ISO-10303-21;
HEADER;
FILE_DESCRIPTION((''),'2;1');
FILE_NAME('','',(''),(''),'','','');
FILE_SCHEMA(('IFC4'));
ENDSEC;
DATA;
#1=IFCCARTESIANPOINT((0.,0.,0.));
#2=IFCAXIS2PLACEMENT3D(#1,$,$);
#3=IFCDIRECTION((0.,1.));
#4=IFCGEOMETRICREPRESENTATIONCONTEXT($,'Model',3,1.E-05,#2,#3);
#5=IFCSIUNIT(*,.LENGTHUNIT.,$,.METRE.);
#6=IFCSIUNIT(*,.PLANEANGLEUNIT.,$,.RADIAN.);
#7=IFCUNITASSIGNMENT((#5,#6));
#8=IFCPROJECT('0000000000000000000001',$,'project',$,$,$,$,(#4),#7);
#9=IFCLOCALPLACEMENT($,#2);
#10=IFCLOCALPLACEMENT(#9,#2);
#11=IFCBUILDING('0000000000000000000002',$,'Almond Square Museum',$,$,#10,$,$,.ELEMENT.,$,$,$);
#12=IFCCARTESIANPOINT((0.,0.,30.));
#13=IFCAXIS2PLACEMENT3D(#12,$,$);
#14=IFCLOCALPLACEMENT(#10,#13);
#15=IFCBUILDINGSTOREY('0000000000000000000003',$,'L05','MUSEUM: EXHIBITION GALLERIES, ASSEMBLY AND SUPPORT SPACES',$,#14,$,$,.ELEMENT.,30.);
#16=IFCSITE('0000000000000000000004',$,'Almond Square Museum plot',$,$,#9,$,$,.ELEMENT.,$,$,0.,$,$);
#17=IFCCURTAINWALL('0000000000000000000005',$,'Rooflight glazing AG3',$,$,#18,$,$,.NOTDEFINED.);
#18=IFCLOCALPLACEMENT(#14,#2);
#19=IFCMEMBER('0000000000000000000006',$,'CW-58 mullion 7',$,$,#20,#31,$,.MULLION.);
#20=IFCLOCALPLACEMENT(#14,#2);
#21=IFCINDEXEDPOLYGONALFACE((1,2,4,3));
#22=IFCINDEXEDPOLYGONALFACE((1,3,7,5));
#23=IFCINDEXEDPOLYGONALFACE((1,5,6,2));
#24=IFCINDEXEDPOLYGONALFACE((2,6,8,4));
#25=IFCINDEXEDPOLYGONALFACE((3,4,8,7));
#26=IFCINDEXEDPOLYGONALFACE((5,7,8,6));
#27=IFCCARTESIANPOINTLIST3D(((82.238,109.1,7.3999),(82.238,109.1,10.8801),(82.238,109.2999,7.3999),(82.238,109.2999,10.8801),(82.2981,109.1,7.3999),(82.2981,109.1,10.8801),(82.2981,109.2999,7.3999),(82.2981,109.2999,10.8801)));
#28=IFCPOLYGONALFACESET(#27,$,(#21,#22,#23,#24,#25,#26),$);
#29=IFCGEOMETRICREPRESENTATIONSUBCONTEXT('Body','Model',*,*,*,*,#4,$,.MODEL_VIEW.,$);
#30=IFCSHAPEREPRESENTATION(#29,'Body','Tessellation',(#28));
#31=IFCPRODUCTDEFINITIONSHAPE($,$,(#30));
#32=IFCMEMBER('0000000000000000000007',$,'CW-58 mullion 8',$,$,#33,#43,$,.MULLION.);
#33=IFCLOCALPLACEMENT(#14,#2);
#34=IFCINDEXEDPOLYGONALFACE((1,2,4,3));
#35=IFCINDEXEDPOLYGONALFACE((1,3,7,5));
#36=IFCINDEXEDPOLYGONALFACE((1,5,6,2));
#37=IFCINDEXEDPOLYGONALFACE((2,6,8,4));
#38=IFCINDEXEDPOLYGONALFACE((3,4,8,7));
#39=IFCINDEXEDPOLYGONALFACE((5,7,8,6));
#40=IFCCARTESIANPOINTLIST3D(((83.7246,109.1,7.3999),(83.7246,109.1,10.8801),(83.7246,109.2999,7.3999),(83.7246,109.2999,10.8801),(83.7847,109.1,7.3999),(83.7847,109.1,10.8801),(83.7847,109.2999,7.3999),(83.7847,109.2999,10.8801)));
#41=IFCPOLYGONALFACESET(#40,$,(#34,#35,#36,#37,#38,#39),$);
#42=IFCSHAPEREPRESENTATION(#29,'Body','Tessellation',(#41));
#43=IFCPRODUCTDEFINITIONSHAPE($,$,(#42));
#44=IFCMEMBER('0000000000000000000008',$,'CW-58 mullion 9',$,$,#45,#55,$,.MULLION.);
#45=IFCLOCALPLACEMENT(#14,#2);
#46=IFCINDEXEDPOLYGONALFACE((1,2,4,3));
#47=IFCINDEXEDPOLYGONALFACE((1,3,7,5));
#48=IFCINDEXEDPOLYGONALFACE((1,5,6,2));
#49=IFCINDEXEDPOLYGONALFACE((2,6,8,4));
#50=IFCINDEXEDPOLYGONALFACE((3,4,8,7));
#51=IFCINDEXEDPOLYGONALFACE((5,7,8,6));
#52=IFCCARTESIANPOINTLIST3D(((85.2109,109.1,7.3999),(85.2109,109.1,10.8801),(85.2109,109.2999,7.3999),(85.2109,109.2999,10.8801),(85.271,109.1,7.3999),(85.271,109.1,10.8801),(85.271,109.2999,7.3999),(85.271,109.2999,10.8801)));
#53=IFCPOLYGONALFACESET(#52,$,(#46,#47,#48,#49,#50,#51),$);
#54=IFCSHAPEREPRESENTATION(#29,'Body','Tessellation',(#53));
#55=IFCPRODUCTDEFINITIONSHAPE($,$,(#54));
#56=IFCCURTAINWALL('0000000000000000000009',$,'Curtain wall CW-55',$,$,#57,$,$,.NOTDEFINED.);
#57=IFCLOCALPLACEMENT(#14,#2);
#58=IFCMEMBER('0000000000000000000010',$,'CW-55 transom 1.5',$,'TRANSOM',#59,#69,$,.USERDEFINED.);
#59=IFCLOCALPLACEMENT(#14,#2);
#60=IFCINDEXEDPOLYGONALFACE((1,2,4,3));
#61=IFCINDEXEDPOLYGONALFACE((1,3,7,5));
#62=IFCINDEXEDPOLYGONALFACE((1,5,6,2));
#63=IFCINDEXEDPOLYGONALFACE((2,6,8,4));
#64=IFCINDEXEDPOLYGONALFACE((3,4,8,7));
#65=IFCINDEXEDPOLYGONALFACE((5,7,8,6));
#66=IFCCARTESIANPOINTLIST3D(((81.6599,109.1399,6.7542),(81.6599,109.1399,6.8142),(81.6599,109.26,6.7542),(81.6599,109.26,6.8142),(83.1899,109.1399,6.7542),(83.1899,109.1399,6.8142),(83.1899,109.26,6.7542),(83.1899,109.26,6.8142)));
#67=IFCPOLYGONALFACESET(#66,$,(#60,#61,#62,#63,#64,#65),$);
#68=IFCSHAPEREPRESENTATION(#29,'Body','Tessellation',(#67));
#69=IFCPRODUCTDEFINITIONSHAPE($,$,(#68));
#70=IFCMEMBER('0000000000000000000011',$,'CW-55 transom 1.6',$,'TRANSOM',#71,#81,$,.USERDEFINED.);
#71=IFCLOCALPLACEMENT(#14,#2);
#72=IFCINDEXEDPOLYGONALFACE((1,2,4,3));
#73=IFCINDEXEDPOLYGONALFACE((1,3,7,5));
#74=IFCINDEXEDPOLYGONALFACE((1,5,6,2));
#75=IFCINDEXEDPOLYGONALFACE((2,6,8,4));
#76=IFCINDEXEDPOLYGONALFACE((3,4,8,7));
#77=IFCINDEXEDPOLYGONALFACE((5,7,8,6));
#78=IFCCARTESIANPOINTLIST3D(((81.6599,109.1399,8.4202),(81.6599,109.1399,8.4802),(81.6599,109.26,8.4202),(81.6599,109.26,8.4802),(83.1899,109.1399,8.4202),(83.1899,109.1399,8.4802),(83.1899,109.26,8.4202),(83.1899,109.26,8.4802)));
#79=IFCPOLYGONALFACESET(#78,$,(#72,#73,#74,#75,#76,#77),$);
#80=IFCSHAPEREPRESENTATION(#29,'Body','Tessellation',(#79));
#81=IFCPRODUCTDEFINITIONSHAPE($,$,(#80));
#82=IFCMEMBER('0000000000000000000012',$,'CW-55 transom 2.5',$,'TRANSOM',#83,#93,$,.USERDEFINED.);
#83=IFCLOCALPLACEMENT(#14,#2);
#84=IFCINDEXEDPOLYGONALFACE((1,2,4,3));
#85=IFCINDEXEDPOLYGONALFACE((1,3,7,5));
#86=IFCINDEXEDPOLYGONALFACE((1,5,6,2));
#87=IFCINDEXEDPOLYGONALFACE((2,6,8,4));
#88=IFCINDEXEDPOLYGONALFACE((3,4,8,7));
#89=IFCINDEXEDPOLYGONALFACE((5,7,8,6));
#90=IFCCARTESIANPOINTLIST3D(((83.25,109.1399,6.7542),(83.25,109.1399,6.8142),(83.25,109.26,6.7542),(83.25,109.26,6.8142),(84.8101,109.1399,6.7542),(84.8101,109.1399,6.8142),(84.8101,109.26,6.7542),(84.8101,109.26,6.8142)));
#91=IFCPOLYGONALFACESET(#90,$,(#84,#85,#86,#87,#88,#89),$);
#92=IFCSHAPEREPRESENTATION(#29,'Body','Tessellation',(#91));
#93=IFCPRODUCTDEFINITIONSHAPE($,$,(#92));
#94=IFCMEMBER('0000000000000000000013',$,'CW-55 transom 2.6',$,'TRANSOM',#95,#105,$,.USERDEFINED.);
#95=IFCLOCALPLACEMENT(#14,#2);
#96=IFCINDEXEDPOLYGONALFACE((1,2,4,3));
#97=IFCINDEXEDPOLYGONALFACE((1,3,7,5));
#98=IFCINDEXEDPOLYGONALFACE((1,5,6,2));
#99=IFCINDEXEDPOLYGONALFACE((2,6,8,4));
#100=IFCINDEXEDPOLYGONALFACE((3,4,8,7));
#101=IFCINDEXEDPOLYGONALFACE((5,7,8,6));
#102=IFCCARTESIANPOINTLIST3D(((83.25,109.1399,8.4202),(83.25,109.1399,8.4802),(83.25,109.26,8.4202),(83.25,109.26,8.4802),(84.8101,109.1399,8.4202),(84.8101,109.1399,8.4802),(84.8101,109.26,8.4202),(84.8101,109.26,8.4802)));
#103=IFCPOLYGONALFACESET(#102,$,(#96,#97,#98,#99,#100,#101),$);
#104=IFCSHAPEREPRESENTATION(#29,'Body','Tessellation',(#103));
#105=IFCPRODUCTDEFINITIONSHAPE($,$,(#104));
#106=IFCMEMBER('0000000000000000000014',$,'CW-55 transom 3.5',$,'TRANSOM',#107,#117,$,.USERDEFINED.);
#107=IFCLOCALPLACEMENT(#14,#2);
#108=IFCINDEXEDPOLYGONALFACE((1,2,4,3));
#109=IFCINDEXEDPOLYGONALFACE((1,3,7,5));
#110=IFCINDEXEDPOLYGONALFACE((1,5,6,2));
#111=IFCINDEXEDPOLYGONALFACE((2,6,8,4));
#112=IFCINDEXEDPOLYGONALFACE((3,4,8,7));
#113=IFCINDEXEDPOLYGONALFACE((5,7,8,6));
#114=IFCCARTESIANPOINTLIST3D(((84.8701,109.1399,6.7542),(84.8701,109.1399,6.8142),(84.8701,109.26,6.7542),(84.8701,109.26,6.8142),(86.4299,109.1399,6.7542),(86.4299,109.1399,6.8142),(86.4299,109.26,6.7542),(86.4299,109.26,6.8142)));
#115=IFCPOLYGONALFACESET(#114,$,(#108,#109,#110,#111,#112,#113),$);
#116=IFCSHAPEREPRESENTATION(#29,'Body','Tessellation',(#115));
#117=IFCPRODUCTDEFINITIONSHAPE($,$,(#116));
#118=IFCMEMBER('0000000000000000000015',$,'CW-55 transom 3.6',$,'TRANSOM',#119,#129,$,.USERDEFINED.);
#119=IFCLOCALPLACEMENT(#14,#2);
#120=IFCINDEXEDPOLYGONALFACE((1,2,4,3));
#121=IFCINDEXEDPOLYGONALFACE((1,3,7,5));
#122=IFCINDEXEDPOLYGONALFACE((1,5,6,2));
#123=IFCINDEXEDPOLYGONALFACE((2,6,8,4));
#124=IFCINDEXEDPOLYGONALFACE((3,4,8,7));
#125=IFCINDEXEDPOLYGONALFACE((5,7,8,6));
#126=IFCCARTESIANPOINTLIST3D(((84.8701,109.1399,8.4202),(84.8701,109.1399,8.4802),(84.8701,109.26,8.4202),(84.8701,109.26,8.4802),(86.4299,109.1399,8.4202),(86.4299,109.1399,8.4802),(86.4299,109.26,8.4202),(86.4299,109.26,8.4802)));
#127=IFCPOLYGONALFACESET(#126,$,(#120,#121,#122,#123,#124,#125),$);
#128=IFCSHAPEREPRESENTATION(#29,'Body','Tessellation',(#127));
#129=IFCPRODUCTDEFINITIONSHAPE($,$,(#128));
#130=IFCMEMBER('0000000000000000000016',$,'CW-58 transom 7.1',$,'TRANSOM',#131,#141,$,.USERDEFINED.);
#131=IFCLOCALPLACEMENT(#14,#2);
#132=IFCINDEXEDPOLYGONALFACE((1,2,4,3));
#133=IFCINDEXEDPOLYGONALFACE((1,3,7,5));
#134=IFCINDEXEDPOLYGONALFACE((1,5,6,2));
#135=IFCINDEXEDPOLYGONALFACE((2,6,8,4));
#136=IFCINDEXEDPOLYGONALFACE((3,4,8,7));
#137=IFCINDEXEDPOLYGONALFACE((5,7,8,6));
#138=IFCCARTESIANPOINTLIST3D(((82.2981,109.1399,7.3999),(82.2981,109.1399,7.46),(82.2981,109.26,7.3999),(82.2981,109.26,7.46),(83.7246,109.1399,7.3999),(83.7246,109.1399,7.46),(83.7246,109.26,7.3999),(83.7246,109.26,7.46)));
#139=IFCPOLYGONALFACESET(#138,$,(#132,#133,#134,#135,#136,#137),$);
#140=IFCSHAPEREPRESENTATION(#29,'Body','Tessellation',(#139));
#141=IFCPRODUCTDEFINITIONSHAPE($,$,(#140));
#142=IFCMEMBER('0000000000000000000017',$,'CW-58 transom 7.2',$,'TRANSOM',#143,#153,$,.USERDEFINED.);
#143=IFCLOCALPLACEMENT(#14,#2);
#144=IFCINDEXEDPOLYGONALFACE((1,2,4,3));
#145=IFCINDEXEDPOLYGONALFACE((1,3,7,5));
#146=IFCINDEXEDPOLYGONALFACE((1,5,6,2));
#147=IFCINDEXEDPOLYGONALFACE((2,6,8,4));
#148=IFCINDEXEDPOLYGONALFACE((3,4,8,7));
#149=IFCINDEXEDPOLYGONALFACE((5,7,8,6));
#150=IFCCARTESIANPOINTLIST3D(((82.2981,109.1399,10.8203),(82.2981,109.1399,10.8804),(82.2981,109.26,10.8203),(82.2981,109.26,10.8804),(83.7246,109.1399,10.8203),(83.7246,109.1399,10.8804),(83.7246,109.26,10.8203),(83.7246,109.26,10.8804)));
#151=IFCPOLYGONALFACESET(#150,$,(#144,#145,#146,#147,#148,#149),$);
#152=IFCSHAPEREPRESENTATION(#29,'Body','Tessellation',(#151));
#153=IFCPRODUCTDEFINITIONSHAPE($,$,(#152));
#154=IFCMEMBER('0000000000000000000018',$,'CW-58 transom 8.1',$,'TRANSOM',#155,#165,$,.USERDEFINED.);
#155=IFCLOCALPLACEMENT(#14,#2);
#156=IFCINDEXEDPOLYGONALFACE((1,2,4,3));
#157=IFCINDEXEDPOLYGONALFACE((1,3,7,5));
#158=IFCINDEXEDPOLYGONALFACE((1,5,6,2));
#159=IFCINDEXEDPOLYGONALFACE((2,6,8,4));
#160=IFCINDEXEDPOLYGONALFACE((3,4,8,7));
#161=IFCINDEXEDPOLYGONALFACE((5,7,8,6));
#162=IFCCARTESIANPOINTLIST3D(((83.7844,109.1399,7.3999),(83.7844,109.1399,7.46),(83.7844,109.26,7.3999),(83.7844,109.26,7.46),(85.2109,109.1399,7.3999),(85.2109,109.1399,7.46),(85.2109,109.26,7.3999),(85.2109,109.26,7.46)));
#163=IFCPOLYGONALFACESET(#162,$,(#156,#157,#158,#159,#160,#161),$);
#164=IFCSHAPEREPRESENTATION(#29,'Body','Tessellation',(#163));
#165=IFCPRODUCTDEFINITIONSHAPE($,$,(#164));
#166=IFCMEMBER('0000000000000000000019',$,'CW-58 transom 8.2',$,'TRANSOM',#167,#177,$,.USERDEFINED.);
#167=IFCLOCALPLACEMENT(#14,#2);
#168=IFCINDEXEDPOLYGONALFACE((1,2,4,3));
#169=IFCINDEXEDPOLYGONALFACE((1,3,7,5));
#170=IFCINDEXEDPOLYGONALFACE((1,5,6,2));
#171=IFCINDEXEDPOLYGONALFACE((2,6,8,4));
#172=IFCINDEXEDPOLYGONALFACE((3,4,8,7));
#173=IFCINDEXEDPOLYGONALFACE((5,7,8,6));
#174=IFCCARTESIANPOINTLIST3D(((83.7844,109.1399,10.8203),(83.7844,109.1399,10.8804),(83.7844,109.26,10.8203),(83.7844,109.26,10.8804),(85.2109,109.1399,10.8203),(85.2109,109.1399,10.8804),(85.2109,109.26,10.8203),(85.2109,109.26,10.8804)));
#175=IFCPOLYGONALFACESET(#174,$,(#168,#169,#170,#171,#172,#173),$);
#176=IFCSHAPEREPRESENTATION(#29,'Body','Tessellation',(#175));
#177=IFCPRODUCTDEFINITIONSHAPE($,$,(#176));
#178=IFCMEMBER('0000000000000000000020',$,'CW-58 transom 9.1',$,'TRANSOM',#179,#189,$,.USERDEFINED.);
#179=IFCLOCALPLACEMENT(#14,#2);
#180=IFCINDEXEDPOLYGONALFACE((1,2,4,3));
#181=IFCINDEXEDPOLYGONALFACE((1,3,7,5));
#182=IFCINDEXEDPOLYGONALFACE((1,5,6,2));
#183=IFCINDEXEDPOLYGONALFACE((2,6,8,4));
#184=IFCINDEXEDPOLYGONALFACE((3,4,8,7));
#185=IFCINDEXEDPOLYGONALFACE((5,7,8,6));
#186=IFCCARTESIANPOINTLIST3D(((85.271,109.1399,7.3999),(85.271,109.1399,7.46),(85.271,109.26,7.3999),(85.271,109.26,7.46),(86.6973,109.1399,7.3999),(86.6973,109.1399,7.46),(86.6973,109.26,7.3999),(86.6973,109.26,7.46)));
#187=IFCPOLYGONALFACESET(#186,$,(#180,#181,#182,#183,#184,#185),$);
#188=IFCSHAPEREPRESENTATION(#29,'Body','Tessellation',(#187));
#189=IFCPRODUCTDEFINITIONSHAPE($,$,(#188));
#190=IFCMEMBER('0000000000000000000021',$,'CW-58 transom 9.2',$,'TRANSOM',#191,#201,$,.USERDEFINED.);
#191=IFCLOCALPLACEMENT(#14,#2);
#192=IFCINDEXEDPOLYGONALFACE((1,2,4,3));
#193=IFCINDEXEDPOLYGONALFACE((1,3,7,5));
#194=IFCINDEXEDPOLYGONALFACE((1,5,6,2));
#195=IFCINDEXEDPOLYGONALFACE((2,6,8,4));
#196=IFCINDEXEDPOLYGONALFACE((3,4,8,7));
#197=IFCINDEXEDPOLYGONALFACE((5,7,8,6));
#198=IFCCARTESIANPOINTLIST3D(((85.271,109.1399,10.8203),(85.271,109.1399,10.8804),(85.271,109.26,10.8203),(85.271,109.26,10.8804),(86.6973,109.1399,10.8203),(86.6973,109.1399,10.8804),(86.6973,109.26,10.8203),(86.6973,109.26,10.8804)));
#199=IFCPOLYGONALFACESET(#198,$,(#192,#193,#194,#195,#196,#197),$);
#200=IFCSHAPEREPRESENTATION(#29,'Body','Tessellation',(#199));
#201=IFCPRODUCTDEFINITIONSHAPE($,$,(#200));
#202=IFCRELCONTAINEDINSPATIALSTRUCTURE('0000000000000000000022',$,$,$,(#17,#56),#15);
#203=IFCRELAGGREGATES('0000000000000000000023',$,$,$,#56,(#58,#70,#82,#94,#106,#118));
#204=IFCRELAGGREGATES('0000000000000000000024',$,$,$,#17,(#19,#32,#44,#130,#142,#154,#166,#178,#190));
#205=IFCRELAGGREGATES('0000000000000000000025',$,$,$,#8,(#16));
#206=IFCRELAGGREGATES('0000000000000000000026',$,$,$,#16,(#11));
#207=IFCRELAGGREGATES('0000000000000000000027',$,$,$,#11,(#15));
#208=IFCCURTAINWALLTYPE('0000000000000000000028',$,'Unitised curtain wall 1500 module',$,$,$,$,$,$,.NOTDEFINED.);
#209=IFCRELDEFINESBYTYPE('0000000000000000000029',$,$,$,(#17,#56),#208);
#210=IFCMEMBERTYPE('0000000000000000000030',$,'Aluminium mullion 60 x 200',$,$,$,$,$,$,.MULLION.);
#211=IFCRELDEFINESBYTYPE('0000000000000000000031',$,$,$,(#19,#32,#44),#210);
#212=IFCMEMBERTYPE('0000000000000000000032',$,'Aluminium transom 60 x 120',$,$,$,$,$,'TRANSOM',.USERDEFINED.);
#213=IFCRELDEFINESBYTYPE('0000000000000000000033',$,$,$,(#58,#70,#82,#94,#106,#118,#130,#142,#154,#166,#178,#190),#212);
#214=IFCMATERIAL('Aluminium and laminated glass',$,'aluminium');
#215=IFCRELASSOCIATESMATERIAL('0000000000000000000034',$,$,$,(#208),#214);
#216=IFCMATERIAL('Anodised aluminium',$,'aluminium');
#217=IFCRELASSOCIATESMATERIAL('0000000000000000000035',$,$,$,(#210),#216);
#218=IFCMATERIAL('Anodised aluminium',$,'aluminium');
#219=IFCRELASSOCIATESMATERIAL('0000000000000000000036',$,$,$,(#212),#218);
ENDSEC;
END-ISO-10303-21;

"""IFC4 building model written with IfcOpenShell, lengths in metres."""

from ifc_helpers import new_model, si_unit, direction, frame, origin, origin_2d, place, context, subcontext, project, spatial, rectangle, extrude, material, material_profile, profile_set, type_object, element, aggregate, save


model = new_model("IFC4")

# Units and contexts
model_context = context("Model", 3, precision=1e-05, world=origin(), true_north=direction((0.0, 1.0)))
body_context = subcontext(model_context, "Body", "Model", "MODEL_VIEW")
ifc_project = project(units=[si_unit("LENGTHUNIT", "METRE"), si_unit("PLANEANGLEUNIT", "RADIAN")], contexts=[model_context])

# Site, building, storey
site_placement = place(None, origin())
site = spatial("IfcSite", under=ifc_project, at=site_placement, Name="Almond Square Museum plot", CompositionType="ELEMENT", RefElevation=0.0)
building_placement = place(site_placement, origin())
building = spatial("IfcBuilding", under=site, at=building_placement, Name="Almond Square Museum", CompositionType="ELEMENT")
storey_placement = place(building_placement, frame((0.0, 0.0, 30.0)))
storey = spatial("IfcBuildingStorey", under=building, at=storey_placement, Name="L05", Description="MUSEUM: EXHIBITION GALLERIES, ASSEMBLY AND SUPPORT SPACES", CompositionType="ELEMENT", Elevation=30.0)

# Curtain walls, members
ifc_material_1 = material(Name="Aluminium and laminated glass", Category="aluminium")
curtain_wall_type = type_object("IfcCurtainWallType", Name="Unitised curtain wall 1500 module", PredefinedType="NOTDEFINED", material=ifc_material_1)
curtain_wall_1_placement = place(storey_placement, origin())
curtain_wall_1 = element("IfcCurtainWall", 1, at=curtain_wall_1_placement, inside=storey, type_object=curtain_wall_type, Name="Rooflight glazing AG3", PredefinedType="NOTDEFINED")
ifc_material_2 = material(Name="Anodised aluminium", Category="aluminium")
ifc_material_profile_1 = material_profile(ifc_material_2, rectangle(XDim=0.2, YDim=0.0601, at=origin_2d()))
ifc_profile_set_1 = profile_set([ifc_material_profile_1], Name="Anodised aluminium")
member_type_1 = type_object("IfcMemberType", Name="Aluminium mullion 60 x 200", PredefinedType="MULLION", material=ifc_profile_set_1)
member_1_placement = place(storey_placement, frame((82.2681, 109.2, 7.3999), z_axis=(0.0, 0.0, 1.0), x_axis=(0.0, 1.0, 0.0)))
member_1 = element("IfcMember", 2, at=member_1_placement, type_object=member_type_1, Name="CW-58 mullion 7", PredefinedType="MULLION", context=body_context, shape_type="SweptSolid", body=[
    extrude(rectangle(XDim=0.2, YDim=0.0601, at=origin_2d()), origin(), (0.0, 0.0, 1.0), 3.4802),
])
member_2_placement = place(storey_placement, frame((83.7546, 109.2, 7.3999), z_axis=(0.0, 0.0, 1.0), x_axis=(0.0, 1.0, 0.0)))
member_2 = element("IfcMember", 3, at=member_2_placement, type_object=member_type_1, Name="CW-58 mullion 8", PredefinedType="MULLION", context=body_context, shape_type="SweptSolid", body=[
    extrude(rectangle(XDim=0.2, YDim=0.0601, at=origin_2d()), origin(), (0.0, 0.0, 1.0), 3.4802),
])
member_3_placement = place(storey_placement, frame((85.241, 109.2, 7.3999), z_axis=(0.0, 0.0, 1.0), x_axis=(0.0, 1.0, 0.0)))
member_3 = element("IfcMember", 4, at=member_3_placement, type_object=member_type_1, Name="CW-58 mullion 9", PredefinedType="MULLION", context=body_context, shape_type="SweptSolid", body=[
    extrude(rectangle(XDim=0.2, YDim=0.0601, at=origin_2d()), origin(), (0.0, 0.0, 1.0), 3.4802),
])
curtain_wall_2_placement = place(storey_placement, origin())
curtain_wall_2 = element("IfcCurtainWall", 5, at=curtain_wall_2_placement, inside=storey, type_object=curtain_wall_type, Name="Curtain wall CW-55", PredefinedType="NOTDEFINED")
ifc_material_3 = material(Name="Anodised aluminium", Category="aluminium")
ifc_material_profile_2 = material_profile(ifc_material_3, rectangle(XDim=0.1201, YDim=0.0601, at=origin_2d()))
ifc_profile_set_2 = profile_set([ifc_material_profile_2], Name="Anodised aluminium")
member_type_2 = type_object("IfcMemberType", Name="Aluminium transom 60 x 120", ElementType="TRANSOM", PredefinedType="USERDEFINED", material=ifc_profile_set_2)
member_4_placement = place(storey_placement, frame((81.6599, 109.2, 6.7842), z_axis=(1.0, 0.0, 0.0), x_axis=(0.0, 1.0, 0.0)))
member_4 = element("IfcMember", 6, at=member_4_placement, type_object=member_type_2, Name="CW-55 transom 1.5", ObjectType="TRANSOM", PredefinedType="USERDEFINED", context=body_context, shape_type="SweptSolid", body=[
    extrude(rectangle(XDim=0.1201, YDim=0.0601, at=origin_2d()), origin(), (0.0, 0.0, 1.0), 1.53),
])
member_5_placement = place(storey_placement, frame((81.6599, 109.2, 8.4502), z_axis=(1.0, 0.0, 0.0), x_axis=(0.0, 1.0, 0.0)))
member_5 = element("IfcMember", 7, at=member_5_placement, type_object=member_type_2, Name="CW-55 transom 1.6", ObjectType="TRANSOM", PredefinedType="USERDEFINED", context=body_context, shape_type="SweptSolid", body=[
    extrude(rectangle(XDim=0.1201, YDim=0.0601, at=origin_2d()), origin(), (0.0, 0.0, 1.0), 1.53),
])
member_6_placement = place(storey_placement, frame((83.25, 109.2, 6.7842), z_axis=(1.0, 0.0, 0.0), x_axis=(0.0, 1.0, 0.0)))
member_6 = element("IfcMember", 8, at=member_6_placement, type_object=member_type_2, Name="CW-55 transom 2.5", ObjectType="TRANSOM", PredefinedType="USERDEFINED", context=body_context, shape_type="SweptSolid", body=[
    extrude(rectangle(XDim=0.1201, YDim=0.0601, at=origin_2d()), origin(), (0.0, 0.0, 1.0), 1.5601),
])
member_7_placement = place(storey_placement, frame((83.25, 109.2, 8.4502), z_axis=(1.0, 0.0, 0.0), x_axis=(0.0, 1.0, 0.0)))
member_7 = element("IfcMember", 9, at=member_7_placement, type_object=member_type_2, Name="CW-55 transom 2.6", ObjectType="TRANSOM", PredefinedType="USERDEFINED", context=body_context, shape_type="SweptSolid", body=[
    extrude(rectangle(XDim=0.1201, YDim=0.0601, at=origin_2d()), origin(), (0.0, 0.0, 1.0), 1.5601),
])
member_8_placement = place(storey_placement, frame((84.8701, 109.2, 6.7842), z_axis=(1.0, 0.0, 0.0), x_axis=(0.0, 1.0, 0.0)))
member_8 = element("IfcMember", 10, at=member_8_placement, type_object=member_type_2, Name="CW-55 transom 3.5", ObjectType="TRANSOM", PredefinedType="USERDEFINED", context=body_context, shape_type="SweptSolid", body=[
    extrude(rectangle(XDim=0.1201, YDim=0.0601, at=origin_2d()), origin(), (0.0, 0.0, 1.0), 1.5598),
])
member_9_placement = place(storey_placement, frame((84.8701, 109.2, 8.4502), z_axis=(1.0, 0.0, 0.0), x_axis=(0.0, 1.0, 0.0)))
member_9 = element("IfcMember", 11, at=member_9_placement, type_object=member_type_2, Name="CW-55 transom 3.6", ObjectType="TRANSOM", PredefinedType="USERDEFINED", context=body_context, shape_type="SweptSolid", body=[
    extrude(rectangle(XDim=0.1201, YDim=0.0601, at=origin_2d()), origin(), (0.0, 0.0, 1.0), 1.5598),
])

# Members
member_10_placement = place(storey_placement, frame((82.2981, 109.2, 7.4299), z_axis=(1.0, 0.0, 0.0), x_axis=(0.0, 1.0, 0.0)))
member_10 = element("IfcMember", 12, at=member_10_placement, type_object=member_type_2, Name="CW-58 transom 7.1", ObjectType="TRANSOM", PredefinedType="USERDEFINED", context=body_context, shape_type="SweptSolid", body=[
    extrude(rectangle(XDim=0.1201, YDim=0.0601, at=origin_2d()), origin(), (0.0, 0.0, 1.0), 1.4265),
])
member_11_placement = place(storey_placement, frame((82.2981, 109.2, 10.8503), z_axis=(1.0, 0.0, 0.0), x_axis=(0.0, 1.0, 0.0)))
member_11 = element("IfcMember", 13, at=member_11_placement, type_object=member_type_2, Name="CW-58 transom 7.2", ObjectType="TRANSOM", PredefinedType="USERDEFINED", context=body_context, shape_type="SweptSolid", body=[
    extrude(rectangle(XDim=0.1201, YDim=0.0601, at=origin_2d()), origin(), (0.0, 0.0, 1.0), 1.4265),
])
member_12_placement = place(storey_placement, frame((83.7844, 109.2, 7.4299), z_axis=(1.0, 0.0, 0.0), x_axis=(0.0, 1.0, 0.0)))
member_12 = element("IfcMember", 14, at=member_12_placement, type_object=member_type_2, Name="CW-58 transom 8.1", ObjectType="TRANSOM", PredefinedType="USERDEFINED", context=body_context, shape_type="SweptSolid", body=[
    extrude(rectangle(XDim=0.1201, YDim=0.0601, at=origin_2d()), origin(), (0.0, 0.0, 1.0), 1.4265),
])
member_13_placement = place(storey_placement, frame((83.7844, 109.2, 10.8503), z_axis=(1.0, 0.0, 0.0), x_axis=(0.0, 1.0, 0.0)))
member_13 = element("IfcMember", 15, at=member_13_placement, type_object=member_type_2, Name="CW-58 transom 8.2", ObjectType="TRANSOM", PredefinedType="USERDEFINED", context=body_context, shape_type="SweptSolid", body=[
    extrude(rectangle(XDim=0.1201, YDim=0.0601, at=origin_2d()), origin(), (0.0, 0.0, 1.0), 1.4265),
])
member_14_placement = place(storey_placement, frame((85.271, 109.2, 7.4299), z_axis=(1.0, 0.0, 0.0), x_axis=(0.0, 1.0, 0.0)))
member_14 = element("IfcMember", 16, at=member_14_placement, type_object=member_type_2, Name="CW-58 transom 9.1", ObjectType="TRANSOM", PredefinedType="USERDEFINED", context=body_context, shape_type="SweptSolid", body=[
    extrude(rectangle(XDim=0.1201, YDim=0.0601, at=origin_2d()), origin(), (0.0, 0.0, 1.0), 1.4263),
])
member_15_placement = place(storey_placement, frame((85.271, 109.2, 10.8503), z_axis=(1.0, 0.0, 0.0), x_axis=(0.0, 1.0, 0.0)))
member_15 = element("IfcMember", 17, at=member_15_placement, type_object=member_type_2, Name="CW-58 transom 9.2", ObjectType="TRANSOM", PredefinedType="USERDEFINED", context=body_context, shape_type="SweptSolid", body=[
    extrude(rectangle(XDim=0.1201, YDim=0.0601, at=origin_2d()), origin(), (0.0, 0.0, 1.0), 1.4263),
])

aggregate(curtain_wall_2, [member_4, member_5, member_6, member_7, member_8, member_9])
aggregate(curtain_wall_1, [member_1, member_2, member_3, member_10, member_11, member_12, member_13, member_14, member_15])

save(model, "model.ifc")
